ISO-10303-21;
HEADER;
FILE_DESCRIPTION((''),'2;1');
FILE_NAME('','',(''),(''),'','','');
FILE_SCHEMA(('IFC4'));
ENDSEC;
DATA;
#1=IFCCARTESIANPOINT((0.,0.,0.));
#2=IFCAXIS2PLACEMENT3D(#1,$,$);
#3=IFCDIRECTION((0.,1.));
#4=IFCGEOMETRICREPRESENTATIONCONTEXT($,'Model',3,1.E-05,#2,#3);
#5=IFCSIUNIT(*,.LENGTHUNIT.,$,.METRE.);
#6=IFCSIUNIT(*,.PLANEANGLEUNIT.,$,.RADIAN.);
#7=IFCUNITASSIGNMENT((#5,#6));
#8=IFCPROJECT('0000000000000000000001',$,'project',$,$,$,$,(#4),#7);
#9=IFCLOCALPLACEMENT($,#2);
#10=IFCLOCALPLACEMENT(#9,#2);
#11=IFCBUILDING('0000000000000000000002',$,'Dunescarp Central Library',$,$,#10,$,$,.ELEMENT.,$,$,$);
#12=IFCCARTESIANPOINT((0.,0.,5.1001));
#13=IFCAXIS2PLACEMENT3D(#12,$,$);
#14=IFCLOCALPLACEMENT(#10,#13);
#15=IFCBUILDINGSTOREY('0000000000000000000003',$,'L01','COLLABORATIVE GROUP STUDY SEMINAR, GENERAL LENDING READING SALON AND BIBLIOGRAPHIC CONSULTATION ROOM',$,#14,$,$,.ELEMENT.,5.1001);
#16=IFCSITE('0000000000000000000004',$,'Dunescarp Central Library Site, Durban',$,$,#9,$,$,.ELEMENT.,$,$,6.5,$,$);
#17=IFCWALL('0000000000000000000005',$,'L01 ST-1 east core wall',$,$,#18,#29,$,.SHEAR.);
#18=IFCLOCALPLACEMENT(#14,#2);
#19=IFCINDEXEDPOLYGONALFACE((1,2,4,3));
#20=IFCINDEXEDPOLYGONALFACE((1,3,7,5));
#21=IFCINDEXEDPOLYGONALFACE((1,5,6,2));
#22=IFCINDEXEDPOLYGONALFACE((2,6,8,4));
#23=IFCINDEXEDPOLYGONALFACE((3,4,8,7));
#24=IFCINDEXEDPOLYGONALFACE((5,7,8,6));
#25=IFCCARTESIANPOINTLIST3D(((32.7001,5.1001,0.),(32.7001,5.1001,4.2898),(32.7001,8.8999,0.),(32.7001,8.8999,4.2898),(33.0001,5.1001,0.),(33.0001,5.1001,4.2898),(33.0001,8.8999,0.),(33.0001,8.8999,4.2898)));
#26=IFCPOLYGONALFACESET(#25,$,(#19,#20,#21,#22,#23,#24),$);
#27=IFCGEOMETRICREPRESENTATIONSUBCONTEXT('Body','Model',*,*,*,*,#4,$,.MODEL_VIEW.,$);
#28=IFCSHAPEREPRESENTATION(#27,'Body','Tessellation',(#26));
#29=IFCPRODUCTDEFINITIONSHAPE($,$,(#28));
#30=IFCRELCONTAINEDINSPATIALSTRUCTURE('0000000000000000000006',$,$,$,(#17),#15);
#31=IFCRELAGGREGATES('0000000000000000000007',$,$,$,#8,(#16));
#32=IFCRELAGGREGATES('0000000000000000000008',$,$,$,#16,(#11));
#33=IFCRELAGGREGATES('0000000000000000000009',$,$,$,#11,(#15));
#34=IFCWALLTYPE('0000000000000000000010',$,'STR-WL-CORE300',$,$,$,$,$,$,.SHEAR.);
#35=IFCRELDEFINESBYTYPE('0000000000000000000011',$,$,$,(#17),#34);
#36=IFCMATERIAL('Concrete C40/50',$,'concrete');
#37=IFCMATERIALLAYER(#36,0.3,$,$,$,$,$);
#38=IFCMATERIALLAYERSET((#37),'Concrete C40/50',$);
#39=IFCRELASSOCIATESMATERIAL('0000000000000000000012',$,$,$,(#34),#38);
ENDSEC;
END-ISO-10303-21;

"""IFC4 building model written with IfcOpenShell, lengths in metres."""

from ifc_helpers import new_model, si_unit, direction, frame, frame_2d, origin, place, context, subcontext, project, spatial, rectangle, extrude, material, layer, layer_set, type_object, element, save


model = new_model("IFC4")

# Units and contexts
model_context = context("Model", 3, precision=1e-05, world=origin(), true_north=direction((0.0, 1.0)))
body_context = subcontext(model_context, "Body", "Model", "MODEL_VIEW")
ifc_project = project(units=[si_unit("LENGTHUNIT", "METRE"), si_unit("PLANEANGLEUNIT", "RADIAN")], contexts=[model_context])

# Site, building, storey
site_placement = place(None, origin())
site = spatial("IfcSite", under=ifc_project, at=site_placement, Name="Dunescarp Central Library Site, Durban", CompositionType="ELEMENT", RefElevation=6.5)
building_placement = place(site_placement, origin())
building = spatial("IfcBuilding", under=site, at=building_placement, Name="Dunescarp Central Library", CompositionType="ELEMENT")
storey_placement = place(building_placement, frame((0.0, 0.0, 5.1001)))
storey = spatial("IfcBuildingStorey", under=building, at=storey_placement, Name="L01", Description="COLLABORATIVE GROUP STUDY SEMINAR, GENERAL LENDING READING SALON AND BIBLIOGRAPHIC CONSULTATION ROOM", CompositionType="ELEMENT", Elevation=5.1001)

# Wall
ifc_material_1 = material(Name="Concrete C40/50", Category="concrete")
ifc_layer_1 = layer(ifc_material_1, 0.3)
ifc_layer_set_1 = layer_set([ifc_layer_1], Name="Concrete C40/50")
wall_type_1 = type_object("IfcWallType", Name="STR-WL-CORE300", PredefinedType="SHEAR", material=ifc_layer_set_1)
wall_1_placement = place(storey_placement, frame((32.8501, 8.8999, 0.0), z_axis=(0.0, 0.0, 1.0), x_axis=(0.0, -1.0, 0.0)))
element("IfcWall", 1, at=wall_1_placement, inside=storey, type_object=wall_type_1, Name="L01 ST-1 east core wall", PredefinedType="SHEAR", context=body_context, shape_type="SweptSolid", body=[
    extrude(rectangle(XDim=3.7998, YDim=0.3, at=frame_2d((1.8999, 0.0))), origin(), (0.0, 0.0, 1.0), 4.2898),
])

save(model, "model.ifc")
